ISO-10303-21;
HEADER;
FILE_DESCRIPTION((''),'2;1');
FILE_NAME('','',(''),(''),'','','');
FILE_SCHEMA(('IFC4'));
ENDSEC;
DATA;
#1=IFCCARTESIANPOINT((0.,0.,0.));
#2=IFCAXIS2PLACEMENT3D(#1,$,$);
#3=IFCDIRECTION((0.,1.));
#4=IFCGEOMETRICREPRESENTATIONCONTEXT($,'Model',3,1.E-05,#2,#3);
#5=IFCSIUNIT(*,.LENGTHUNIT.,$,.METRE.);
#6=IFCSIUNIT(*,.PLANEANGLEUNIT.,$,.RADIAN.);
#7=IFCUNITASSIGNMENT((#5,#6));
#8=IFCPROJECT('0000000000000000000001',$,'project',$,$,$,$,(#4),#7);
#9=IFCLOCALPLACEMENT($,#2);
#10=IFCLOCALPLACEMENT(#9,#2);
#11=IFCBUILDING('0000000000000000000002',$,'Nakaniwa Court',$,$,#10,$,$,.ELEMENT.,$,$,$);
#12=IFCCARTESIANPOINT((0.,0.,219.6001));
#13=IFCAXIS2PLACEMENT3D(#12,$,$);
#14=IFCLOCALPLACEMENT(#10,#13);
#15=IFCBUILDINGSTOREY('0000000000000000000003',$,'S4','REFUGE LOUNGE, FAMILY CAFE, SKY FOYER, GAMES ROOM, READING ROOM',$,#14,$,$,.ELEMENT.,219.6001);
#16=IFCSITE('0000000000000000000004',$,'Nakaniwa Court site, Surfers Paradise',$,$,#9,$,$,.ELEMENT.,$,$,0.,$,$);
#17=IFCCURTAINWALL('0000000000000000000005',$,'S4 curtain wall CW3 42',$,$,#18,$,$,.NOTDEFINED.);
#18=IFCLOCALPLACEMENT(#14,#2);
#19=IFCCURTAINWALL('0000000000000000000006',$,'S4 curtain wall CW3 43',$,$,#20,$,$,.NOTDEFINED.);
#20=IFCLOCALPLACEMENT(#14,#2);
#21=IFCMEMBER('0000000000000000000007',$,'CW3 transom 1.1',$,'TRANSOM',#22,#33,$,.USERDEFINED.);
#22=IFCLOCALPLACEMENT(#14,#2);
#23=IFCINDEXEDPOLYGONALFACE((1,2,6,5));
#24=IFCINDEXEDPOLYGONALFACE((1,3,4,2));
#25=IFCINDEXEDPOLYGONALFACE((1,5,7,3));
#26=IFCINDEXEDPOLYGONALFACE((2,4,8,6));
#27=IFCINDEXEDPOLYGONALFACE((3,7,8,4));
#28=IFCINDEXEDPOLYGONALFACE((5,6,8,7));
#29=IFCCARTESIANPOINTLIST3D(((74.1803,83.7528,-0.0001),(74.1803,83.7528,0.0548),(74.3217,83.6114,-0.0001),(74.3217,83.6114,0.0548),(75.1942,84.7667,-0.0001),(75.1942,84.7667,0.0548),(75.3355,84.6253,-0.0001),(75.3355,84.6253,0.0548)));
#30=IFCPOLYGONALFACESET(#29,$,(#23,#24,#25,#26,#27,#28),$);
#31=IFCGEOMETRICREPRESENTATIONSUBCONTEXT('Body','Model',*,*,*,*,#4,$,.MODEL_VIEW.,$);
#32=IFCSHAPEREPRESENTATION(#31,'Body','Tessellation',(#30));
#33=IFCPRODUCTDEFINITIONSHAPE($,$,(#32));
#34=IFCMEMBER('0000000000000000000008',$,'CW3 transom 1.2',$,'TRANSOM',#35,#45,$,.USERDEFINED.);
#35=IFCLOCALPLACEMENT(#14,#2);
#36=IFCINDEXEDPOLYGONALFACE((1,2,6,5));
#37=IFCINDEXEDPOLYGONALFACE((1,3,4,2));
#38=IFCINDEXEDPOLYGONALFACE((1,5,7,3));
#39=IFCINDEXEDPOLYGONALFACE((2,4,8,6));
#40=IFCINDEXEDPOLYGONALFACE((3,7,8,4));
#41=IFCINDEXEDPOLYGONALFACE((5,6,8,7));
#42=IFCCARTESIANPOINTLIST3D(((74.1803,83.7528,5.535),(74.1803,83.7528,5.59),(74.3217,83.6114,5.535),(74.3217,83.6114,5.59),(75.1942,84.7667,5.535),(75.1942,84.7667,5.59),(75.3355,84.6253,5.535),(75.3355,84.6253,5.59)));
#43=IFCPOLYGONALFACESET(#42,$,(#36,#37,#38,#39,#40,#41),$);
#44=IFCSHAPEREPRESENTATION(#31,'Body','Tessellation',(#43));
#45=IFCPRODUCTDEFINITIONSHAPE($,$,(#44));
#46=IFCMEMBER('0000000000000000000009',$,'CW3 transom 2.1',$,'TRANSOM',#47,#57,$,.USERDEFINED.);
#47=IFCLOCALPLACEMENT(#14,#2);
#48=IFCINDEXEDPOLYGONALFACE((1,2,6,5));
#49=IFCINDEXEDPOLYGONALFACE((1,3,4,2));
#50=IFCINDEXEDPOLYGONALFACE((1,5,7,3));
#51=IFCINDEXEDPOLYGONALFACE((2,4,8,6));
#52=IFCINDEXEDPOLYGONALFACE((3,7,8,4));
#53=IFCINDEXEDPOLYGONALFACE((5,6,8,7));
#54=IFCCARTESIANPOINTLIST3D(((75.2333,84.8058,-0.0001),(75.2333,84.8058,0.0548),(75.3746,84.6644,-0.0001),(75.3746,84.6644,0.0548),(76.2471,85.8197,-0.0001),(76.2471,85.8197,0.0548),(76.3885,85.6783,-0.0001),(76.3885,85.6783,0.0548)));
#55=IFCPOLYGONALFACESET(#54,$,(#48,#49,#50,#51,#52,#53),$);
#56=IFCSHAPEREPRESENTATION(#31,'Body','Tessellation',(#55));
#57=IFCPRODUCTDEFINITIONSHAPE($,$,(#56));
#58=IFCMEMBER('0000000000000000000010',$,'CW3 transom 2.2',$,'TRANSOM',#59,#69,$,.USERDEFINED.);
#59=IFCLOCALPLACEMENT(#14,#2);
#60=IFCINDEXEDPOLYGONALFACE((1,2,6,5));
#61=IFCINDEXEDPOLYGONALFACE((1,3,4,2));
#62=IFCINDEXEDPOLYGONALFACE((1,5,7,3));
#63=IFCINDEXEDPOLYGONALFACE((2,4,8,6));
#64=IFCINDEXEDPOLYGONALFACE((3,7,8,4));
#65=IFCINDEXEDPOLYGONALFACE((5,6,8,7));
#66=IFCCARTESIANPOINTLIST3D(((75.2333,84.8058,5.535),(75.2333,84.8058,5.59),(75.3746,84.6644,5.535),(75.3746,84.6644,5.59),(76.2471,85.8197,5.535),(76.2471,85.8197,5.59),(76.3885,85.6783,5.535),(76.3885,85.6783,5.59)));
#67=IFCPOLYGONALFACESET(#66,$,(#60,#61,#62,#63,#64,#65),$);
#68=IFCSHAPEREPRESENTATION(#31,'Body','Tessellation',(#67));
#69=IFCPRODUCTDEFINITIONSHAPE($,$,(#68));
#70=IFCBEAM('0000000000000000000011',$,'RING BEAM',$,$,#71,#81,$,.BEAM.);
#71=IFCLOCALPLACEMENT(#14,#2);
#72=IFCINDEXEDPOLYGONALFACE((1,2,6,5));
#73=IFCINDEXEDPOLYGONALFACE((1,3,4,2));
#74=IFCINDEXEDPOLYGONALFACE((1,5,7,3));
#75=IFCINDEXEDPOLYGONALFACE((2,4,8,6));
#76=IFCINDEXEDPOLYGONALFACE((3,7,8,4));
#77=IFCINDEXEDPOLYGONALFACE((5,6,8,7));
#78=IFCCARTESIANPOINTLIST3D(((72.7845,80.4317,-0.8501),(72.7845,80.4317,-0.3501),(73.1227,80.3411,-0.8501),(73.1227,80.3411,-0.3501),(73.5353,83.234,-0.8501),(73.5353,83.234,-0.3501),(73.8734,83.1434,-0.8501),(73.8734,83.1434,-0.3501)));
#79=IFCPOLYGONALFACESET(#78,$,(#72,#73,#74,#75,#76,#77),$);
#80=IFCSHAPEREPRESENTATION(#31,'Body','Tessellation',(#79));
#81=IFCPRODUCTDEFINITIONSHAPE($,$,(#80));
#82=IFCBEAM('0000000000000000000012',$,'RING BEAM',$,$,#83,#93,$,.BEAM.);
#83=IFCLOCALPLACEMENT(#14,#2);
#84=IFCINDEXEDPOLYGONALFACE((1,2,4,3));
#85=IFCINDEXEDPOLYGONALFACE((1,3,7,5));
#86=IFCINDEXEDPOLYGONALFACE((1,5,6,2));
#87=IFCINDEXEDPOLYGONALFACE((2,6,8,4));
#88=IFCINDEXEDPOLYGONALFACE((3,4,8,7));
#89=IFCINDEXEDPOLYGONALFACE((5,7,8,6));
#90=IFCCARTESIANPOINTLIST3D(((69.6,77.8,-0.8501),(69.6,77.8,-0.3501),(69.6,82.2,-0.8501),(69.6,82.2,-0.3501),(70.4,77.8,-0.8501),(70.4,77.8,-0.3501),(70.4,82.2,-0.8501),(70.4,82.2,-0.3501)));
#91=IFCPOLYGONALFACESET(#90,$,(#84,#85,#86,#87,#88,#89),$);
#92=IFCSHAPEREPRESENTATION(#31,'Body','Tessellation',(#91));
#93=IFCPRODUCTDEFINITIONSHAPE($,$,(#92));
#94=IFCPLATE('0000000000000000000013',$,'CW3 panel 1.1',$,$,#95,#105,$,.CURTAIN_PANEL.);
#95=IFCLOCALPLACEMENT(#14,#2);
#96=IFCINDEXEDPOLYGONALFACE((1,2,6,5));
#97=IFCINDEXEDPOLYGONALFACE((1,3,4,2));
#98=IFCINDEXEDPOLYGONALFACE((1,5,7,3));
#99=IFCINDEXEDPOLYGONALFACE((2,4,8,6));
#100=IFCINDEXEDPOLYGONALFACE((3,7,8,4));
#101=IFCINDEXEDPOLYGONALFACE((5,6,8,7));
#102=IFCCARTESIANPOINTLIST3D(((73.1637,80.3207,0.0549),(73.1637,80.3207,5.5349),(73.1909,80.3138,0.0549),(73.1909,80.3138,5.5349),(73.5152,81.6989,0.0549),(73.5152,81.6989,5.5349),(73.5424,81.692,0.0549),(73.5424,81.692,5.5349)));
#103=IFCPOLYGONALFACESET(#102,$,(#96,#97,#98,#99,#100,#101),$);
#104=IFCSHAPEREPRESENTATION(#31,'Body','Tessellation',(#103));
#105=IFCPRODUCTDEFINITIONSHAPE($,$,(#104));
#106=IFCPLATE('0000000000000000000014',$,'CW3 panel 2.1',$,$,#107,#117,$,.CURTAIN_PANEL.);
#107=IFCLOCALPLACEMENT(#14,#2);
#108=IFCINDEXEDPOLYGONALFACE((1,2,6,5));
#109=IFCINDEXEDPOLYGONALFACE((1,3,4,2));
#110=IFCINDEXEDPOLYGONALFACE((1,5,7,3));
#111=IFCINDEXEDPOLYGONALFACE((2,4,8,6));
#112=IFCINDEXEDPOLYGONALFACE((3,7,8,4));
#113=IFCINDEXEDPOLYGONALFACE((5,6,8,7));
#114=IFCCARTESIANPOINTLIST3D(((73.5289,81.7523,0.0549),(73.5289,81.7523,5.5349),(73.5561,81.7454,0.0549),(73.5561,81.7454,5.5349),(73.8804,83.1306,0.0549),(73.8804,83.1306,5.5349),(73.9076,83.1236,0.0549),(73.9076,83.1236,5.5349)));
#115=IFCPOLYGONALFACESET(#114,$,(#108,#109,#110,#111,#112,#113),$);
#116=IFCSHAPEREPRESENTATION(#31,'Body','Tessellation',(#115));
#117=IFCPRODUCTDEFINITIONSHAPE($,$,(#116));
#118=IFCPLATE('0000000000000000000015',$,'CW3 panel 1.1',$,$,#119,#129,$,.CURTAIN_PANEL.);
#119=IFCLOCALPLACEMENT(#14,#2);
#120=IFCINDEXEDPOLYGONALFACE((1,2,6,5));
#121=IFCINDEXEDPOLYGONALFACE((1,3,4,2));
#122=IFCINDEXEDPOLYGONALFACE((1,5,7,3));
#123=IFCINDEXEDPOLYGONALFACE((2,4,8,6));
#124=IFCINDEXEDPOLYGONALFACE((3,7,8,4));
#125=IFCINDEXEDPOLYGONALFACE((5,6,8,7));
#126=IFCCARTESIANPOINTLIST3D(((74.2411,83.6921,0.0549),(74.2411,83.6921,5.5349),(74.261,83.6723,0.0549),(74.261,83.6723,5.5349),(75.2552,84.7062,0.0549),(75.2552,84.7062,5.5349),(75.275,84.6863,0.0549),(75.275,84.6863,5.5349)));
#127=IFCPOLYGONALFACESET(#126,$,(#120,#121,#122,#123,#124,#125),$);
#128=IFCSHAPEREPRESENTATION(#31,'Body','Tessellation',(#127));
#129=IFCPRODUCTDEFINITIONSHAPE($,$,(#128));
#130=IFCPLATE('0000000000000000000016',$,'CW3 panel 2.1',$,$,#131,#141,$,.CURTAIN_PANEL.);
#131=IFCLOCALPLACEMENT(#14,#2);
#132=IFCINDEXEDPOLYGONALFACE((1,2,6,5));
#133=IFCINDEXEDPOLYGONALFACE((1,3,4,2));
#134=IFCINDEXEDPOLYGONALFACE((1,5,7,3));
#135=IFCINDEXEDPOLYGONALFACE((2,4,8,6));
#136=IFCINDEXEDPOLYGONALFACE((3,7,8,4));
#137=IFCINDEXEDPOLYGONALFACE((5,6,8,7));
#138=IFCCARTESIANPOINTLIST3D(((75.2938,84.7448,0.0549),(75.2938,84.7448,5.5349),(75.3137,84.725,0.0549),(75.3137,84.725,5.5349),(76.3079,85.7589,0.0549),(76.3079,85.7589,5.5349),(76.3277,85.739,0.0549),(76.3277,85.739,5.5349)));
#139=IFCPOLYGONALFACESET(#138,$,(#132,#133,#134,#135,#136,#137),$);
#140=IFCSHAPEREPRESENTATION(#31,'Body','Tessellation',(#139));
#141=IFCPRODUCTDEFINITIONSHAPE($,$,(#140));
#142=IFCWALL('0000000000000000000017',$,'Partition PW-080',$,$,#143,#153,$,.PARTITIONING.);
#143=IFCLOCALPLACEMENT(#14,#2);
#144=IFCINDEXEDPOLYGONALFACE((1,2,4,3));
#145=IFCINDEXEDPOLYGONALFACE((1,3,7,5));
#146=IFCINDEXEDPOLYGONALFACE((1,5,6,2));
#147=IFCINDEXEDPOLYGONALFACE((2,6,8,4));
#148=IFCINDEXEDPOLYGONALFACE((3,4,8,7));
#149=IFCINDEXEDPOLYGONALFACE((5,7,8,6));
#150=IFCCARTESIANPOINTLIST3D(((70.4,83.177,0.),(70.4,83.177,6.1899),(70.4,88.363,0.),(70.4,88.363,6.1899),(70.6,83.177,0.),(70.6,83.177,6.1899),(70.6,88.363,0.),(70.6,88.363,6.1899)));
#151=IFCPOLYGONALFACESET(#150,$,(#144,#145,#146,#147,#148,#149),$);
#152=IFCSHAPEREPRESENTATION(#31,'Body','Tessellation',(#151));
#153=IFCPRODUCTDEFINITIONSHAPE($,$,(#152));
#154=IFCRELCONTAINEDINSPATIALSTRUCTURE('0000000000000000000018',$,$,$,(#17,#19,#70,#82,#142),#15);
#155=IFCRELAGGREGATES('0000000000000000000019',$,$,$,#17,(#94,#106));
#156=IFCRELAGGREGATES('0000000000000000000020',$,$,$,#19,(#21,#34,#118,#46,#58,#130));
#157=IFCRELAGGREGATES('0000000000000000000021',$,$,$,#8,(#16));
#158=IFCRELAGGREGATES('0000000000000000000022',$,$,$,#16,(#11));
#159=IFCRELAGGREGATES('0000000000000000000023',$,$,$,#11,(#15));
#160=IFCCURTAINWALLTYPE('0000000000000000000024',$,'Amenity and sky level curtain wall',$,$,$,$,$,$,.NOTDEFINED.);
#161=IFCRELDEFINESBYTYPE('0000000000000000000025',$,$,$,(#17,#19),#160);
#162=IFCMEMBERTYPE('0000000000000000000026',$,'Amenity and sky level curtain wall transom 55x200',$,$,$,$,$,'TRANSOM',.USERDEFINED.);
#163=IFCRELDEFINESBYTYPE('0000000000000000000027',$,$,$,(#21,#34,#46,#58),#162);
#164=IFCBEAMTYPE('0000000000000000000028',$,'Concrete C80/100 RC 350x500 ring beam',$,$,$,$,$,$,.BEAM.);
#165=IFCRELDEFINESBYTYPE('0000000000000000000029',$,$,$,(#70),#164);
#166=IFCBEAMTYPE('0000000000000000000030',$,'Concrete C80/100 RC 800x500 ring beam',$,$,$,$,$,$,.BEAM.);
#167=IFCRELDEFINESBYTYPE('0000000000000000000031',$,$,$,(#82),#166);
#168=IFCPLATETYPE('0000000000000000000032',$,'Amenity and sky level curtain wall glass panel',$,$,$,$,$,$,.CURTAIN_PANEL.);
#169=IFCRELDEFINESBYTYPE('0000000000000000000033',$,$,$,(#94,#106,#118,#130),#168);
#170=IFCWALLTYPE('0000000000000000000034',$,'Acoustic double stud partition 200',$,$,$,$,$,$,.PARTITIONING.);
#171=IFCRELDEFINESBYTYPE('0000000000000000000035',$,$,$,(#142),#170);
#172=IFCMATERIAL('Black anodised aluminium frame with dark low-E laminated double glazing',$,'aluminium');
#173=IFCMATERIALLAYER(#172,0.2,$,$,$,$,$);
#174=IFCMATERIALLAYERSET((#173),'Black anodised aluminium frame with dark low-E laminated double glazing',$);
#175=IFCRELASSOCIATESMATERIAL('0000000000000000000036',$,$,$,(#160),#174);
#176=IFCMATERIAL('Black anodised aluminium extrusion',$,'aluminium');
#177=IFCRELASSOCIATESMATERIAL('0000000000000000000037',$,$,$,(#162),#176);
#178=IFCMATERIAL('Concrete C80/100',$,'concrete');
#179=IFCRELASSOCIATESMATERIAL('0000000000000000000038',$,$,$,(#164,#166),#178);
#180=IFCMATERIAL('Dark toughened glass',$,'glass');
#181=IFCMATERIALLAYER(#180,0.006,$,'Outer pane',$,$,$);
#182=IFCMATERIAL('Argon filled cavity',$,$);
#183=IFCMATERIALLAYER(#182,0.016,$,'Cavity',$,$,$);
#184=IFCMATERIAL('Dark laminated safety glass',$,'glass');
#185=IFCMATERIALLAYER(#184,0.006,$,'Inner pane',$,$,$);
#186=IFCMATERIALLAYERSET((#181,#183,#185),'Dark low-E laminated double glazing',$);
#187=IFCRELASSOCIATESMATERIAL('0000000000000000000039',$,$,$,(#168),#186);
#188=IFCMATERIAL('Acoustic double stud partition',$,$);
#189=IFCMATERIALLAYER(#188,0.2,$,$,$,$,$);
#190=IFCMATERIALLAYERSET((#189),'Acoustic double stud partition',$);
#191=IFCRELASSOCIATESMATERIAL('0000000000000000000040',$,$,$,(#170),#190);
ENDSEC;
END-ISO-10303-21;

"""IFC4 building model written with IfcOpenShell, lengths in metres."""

from ifc_helpers import new_model, si_unit, direction, frame, frame_2d, origin, origin_2d, place, context, subcontext, project, spatial, rectangle, extrude, material, layer, layer_set, material_profile, profile_set, type_object, element, aggregate, save


model = new_model("IFC4")

# Units and contexts
model_context = context("Model", 3, precision=1e-05, world=origin(), true_north=direction((0.0, 1.0)))
body_context = subcontext(model_context, "Body", "Model", "MODEL_VIEW")
ifc_project = project(units=[si_unit("LENGTHUNIT", "METRE"), si_unit("PLANEANGLEUNIT", "RADIAN")], contexts=[model_context])

# Site, building, storey
site_placement = place(None, origin())
site = spatial("IfcSite", under=ifc_project, at=site_placement, Name="Nakaniwa Court site, Surfers Paradise", CompositionType="ELEMENT", RefElevation=0.0)
building_placement = place(site_placement, origin())
building = spatial("IfcBuilding", under=site, at=building_placement, Name="Nakaniwa Court", CompositionType="ELEMENT")
storey_placement = place(building_placement, frame((0.0, 0.0, 219.6001)))
storey = spatial("IfcBuildingStorey", under=building, at=storey_placement, Name="S4", Description="REFUGE LOUNGE, FAMILY CAFE, SKY FOYER, GAMES ROOM, READING ROOM", CompositionType="ELEMENT", Elevation=219.6001)

# Shared definitions
ifc_material_1 = material(Name="Concrete C80/100", Category="concrete")

# Shared definitions
ifc_material_2 = material(Name="Black anodised aluminium frame with dark low-E laminated double glazing", Category="aluminium")
ifc_layer_1 = layer(ifc_material_2, 0.2)
ifc_layer_set_1 = layer_set([ifc_layer_1], Name="Black anodised aluminium frame with dark low-E laminated double glazing")
curtain_wall_type = type_object("IfcCurtainWallType", Name="Amenity and sky level curtain wall", PredefinedType="NOTDEFINED", material=ifc_layer_set_1)
ifc_material_3 = material(Name="Black anodised aluminium extrusion", Category="aluminium")

# Curtain walls
curtain_wall_1_placement = place(storey_placement, origin())
curtain_wall_1 = element("IfcCurtainWall", 1, at=curtain_wall_1_placement, inside=storey, type_object=curtain_wall_type, Name="S4 curtain wall CW3 42", PredefinedType="NOTDEFINED")
curtain_wall_2_placement = place(storey_placement, origin())
curtain_wall_2 = element("IfcCurtainWall", 2, at=curtain_wall_2_placement, inside=storey, type_object=curtain_wall_type, Name="S4 curtain wall CW3 43", PredefinedType="NOTDEFINED")

# Members
ifc_material_profile_1 = material_profile(ifc_material_3, rectangle(XDim=0.2, YDim=0.0549, at=origin_2d()), Name="Amenity and sky level curtain wall transom 55x200")
ifc_profile_set_1 = profile_set([ifc_material_profile_1], Name="Black anodised aluminium extrusion")
member_type_1 = type_object("IfcMemberType", Name="Amenity and sky level curtain wall transom 55x200", ElementType="TRANSOM", PredefinedType="USERDEFINED", material=ifc_profile_set_1)
member_1_placement = place(storey_placement, frame((74.251, 83.6821, 0.0273), z_axis=(0.707107, 0.707107, 0.0), x_axis=(-0.707107, 0.707107, 0.0)))
member_1 = element("IfcMember", 3, at=member_1_placement, type_object=member_type_1, Name="CW3 transom 1.1", ObjectType="TRANSOM", PredefinedType="USERDEFINED", context=body_context, shape_type="SweptSolid", body=[
    extrude(rectangle(XDim=0.2, YDim=0.0549, at=origin_2d()), origin(), (0.0, 0.0, 1.0), 1.4338),
])
member_2_placement = place(storey_placement, frame((74.251, 83.6821, 5.5625), z_axis=(0.707107, 0.707107, 0.0), x_axis=(-0.707107, 0.707107, 0.0)))
member_2 = element("IfcMember", 4, at=member_2_placement, type_object=member_type_1, Name="CW3 transom 1.2", ObjectType="TRANSOM", PredefinedType="USERDEFINED", context=body_context, shape_type="SweptSolid", body=[
    extrude(rectangle(XDim=0.2, YDim=0.0549, at=origin_2d()), origin(), (0.0, 0.0, 1.0), 1.4338),
])
member_3_placement = place(storey_placement, frame((75.304, 84.7351, 0.0273), z_axis=(0.707107, 0.707107, 0.0), x_axis=(-0.707107, 0.707107, 0.0)))
member_3 = element("IfcMember", 5, at=member_3_placement, type_object=member_type_1, Name="CW3 transom 2.1", ObjectType="TRANSOM", PredefinedType="USERDEFINED", context=body_context, shape_type="SweptSolid", body=[
    extrude(rectangle(XDim=0.2, YDim=0.0549, at=origin_2d()), origin(), (0.0, 0.0, 1.0), 1.4338),
])
member_4_placement = place(storey_placement, frame((75.304, 84.7351, 5.5625), z_axis=(0.707107, 0.707107, 0.0), x_axis=(-0.707107, 0.707107, 0.0)))
member_4 = element("IfcMember", 6, at=member_4_placement, type_object=member_type_1, Name="CW3 transom 2.2", ObjectType="TRANSOM", PredefinedType="USERDEFINED", context=body_context, shape_type="SweptSolid", body=[
    extrude(rectangle(XDim=0.2, YDim=0.0549, at=origin_2d()), origin(), (0.0, 0.0, 1.0), 1.4338),
])

# Beams
ifc_material_profile_2 = material_profile(ifc_material_1, rectangle(XDim=0.3501, YDim=0.5, at=origin_2d()), Name="Concrete C80/100 RC 350x500 ring beam")
ifc_profile_set_2 = profile_set([ifc_material_profile_2], Name="Concrete C80/100")
beam_type_1 = type_object("IfcBeamType", Name="Concrete C80/100 RC 350x500 ring beam", PredefinedType="BEAM", material=ifc_profile_set_2)
beam_1_placement = place(storey_placement, frame((73.7043, 83.1887, -0.6001), z_axis=(-0.258778, -0.965937, 0.0), x_axis=(0.965937, -0.258778, 0.0)))
element("IfcBeam", 7, at=beam_1_placement, inside=storey, type_object=beam_type_1, Name="RING BEAM", PredefinedType="BEAM", context=body_context, shape_type="SweptSolid", body=[
    extrude(rectangle(XDim=0.3501, YDim=0.5, at=origin_2d()), origin(), (0.0, 0.0, 1.0), 2.9011),
])
ifc_material_profile_3 = material_profile(ifc_material_1, rectangle(XDim=0.8, YDim=0.5, at=origin_2d()), Name="Concrete C80/100 RC 800x500 ring beam")
ifc_profile_set_3 = profile_set([ifc_material_profile_3], Name="Concrete C80/100")
beam_type_2 = type_object("IfcBeamType", Name="Concrete C80/100 RC 800x500 ring beam", PredefinedType="BEAM", material=ifc_profile_set_3)
beam_2_placement = place(storey_placement, frame((70.0, 82.2, -0.6001), z_axis=(0.0, -1.0, 0.0), x_axis=(1.0, 0.0, 0.0)))
element("IfcBeam", 8, at=beam_2_placement, inside=storey, type_object=beam_type_2, Name="RING BEAM", PredefinedType="BEAM", context=body_context, shape_type="SweptSolid", body=[
    extrude(rectangle(XDim=0.8, YDim=0.5, at=origin_2d()), origin(), (0.0, 0.0, 1.0), 4.3999),
])

# Plates
ifc_material_4 = material(Name="Dark toughened glass", Category="glass")
ifc_layer_2 = layer(ifc_material_4, 0.006, Name="Outer pane")
ifc_material_5 = material(Name="Argon filled cavity")
ifc_layer_3 = layer(ifc_material_5, 0.016, Name="Cavity")
ifc_material_6 = material(Name="Dark laminated safety glass", Category="glass")
ifc_layer_4 = layer(ifc_material_6, 0.006, Name="Inner pane")
ifc_layer_set_2 = layer_set([ifc_layer_2, ifc_layer_3, ifc_layer_4], Name="Dark low-E laminated double glazing")
plate_type = type_object("IfcPlateType", Name="Amenity and sky level curtain wall glass panel", PredefinedType="CURTAIN_PANEL", material=ifc_layer_set_2)
plate_1_placement = place(storey_placement, frame((73.353, 81.0063, 0.0549), z_axis=(0.0, 0.0, 1.0), x_axis=(0.247114, 0.968986, 0.0)))
plate_1 = element("IfcPlate", 9, at=plate_1_placement, type_object=plate_type, Name="CW3 panel 1.1", PredefinedType="CURTAIN_PANEL", context=body_context, shape_type="SweptSolid", body=[
    extrude(rectangle(XDim=1.4224, YDim=0.0281, at=origin_2d()), origin(), (0.0, 0.0, 1.0), 5.48),
])
plate_2_placement = place(storey_placement, frame((73.7183, 82.438, 0.0549), z_axis=(0.0, 0.0, 1.0), x_axis=(0.247114, 0.968986, 0.0)))
plate_2 = element("IfcPlate", 10, at=plate_2_placement, type_object=plate_type, Name="CW3 panel 2.1", PredefinedType="CURTAIN_PANEL", context=body_context, shape_type="SweptSolid", body=[
    extrude(rectangle(XDim=1.4224, YDim=0.0281, at=origin_2d()), origin(), (0.0, 0.0, 1.0), 5.48),
])
aggregate(curtain_wall_1, [plate_1, plate_2])
plate_3_placement = place(storey_placement, frame((74.7581, 84.1892, 0.0549), z_axis=(0.0, 0.0, 1.0), x_axis=(0.707107, 0.707107, 0.0)))
plate_3 = element("IfcPlate", 11, at=plate_3_placement, type_object=plate_type, Name="CW3 panel 1.1", PredefinedType="CURTAIN_PANEL", context=body_context, shape_type="SweptSolid", body=[
    extrude(rectangle(XDim=1.4341, YDim=0.0281, at=origin_2d()), origin(), (0.0, 0.0, 1.0), 5.48),
])
plate_4_placement = place(storey_placement, frame((75.8108, 85.2419, 0.0549), z_axis=(0.0, 0.0, 1.0), x_axis=(0.707107, 0.707107, 0.0)))
plate_4 = element("IfcPlate", 12, at=plate_4_placement, type_object=plate_type, Name="CW3 panel 2.1", PredefinedType="CURTAIN_PANEL", context=body_context, shape_type="SweptSolid", body=[
    extrude(rectangle(XDim=1.4341, YDim=0.0281, at=origin_2d()), origin(), (0.0, 0.0, 1.0), 5.48),
])
aggregate(curtain_wall_2, [member_1, member_2, plate_3, member_3, member_4, plate_4])

# Wall
ifc_material_7 = material(Name="Acoustic double stud partition")
ifc_layer_5 = layer(ifc_material_7, 0.2)
ifc_layer_set_3 = layer_set([ifc_layer_5], Name="Acoustic double stud partition")
wall_type = type_object("IfcWallType", Name="Acoustic double stud partition 200", PredefinedType="PARTITIONING", material=ifc_layer_set_3)
wall_placement = place(storey_placement, frame((70.5, 83.177, 0.0), z_axis=(0.0, 0.0, 1.0), x_axis=(0.0, 1.0, 0.0)))
element("IfcWall", 13, at=wall_placement, inside=storey, type_object=wall_type, Name="Partition PW-080", PredefinedType="PARTITIONING", context=body_context, shape_type="SweptSolid", body=[
    extrude(rectangle(XDim=5.186, YDim=0.2, at=frame_2d((2.593, 0.0))), origin(), (0.0, 0.0, 1.0), 6.1899),
])

save(model, "model.ifc")
